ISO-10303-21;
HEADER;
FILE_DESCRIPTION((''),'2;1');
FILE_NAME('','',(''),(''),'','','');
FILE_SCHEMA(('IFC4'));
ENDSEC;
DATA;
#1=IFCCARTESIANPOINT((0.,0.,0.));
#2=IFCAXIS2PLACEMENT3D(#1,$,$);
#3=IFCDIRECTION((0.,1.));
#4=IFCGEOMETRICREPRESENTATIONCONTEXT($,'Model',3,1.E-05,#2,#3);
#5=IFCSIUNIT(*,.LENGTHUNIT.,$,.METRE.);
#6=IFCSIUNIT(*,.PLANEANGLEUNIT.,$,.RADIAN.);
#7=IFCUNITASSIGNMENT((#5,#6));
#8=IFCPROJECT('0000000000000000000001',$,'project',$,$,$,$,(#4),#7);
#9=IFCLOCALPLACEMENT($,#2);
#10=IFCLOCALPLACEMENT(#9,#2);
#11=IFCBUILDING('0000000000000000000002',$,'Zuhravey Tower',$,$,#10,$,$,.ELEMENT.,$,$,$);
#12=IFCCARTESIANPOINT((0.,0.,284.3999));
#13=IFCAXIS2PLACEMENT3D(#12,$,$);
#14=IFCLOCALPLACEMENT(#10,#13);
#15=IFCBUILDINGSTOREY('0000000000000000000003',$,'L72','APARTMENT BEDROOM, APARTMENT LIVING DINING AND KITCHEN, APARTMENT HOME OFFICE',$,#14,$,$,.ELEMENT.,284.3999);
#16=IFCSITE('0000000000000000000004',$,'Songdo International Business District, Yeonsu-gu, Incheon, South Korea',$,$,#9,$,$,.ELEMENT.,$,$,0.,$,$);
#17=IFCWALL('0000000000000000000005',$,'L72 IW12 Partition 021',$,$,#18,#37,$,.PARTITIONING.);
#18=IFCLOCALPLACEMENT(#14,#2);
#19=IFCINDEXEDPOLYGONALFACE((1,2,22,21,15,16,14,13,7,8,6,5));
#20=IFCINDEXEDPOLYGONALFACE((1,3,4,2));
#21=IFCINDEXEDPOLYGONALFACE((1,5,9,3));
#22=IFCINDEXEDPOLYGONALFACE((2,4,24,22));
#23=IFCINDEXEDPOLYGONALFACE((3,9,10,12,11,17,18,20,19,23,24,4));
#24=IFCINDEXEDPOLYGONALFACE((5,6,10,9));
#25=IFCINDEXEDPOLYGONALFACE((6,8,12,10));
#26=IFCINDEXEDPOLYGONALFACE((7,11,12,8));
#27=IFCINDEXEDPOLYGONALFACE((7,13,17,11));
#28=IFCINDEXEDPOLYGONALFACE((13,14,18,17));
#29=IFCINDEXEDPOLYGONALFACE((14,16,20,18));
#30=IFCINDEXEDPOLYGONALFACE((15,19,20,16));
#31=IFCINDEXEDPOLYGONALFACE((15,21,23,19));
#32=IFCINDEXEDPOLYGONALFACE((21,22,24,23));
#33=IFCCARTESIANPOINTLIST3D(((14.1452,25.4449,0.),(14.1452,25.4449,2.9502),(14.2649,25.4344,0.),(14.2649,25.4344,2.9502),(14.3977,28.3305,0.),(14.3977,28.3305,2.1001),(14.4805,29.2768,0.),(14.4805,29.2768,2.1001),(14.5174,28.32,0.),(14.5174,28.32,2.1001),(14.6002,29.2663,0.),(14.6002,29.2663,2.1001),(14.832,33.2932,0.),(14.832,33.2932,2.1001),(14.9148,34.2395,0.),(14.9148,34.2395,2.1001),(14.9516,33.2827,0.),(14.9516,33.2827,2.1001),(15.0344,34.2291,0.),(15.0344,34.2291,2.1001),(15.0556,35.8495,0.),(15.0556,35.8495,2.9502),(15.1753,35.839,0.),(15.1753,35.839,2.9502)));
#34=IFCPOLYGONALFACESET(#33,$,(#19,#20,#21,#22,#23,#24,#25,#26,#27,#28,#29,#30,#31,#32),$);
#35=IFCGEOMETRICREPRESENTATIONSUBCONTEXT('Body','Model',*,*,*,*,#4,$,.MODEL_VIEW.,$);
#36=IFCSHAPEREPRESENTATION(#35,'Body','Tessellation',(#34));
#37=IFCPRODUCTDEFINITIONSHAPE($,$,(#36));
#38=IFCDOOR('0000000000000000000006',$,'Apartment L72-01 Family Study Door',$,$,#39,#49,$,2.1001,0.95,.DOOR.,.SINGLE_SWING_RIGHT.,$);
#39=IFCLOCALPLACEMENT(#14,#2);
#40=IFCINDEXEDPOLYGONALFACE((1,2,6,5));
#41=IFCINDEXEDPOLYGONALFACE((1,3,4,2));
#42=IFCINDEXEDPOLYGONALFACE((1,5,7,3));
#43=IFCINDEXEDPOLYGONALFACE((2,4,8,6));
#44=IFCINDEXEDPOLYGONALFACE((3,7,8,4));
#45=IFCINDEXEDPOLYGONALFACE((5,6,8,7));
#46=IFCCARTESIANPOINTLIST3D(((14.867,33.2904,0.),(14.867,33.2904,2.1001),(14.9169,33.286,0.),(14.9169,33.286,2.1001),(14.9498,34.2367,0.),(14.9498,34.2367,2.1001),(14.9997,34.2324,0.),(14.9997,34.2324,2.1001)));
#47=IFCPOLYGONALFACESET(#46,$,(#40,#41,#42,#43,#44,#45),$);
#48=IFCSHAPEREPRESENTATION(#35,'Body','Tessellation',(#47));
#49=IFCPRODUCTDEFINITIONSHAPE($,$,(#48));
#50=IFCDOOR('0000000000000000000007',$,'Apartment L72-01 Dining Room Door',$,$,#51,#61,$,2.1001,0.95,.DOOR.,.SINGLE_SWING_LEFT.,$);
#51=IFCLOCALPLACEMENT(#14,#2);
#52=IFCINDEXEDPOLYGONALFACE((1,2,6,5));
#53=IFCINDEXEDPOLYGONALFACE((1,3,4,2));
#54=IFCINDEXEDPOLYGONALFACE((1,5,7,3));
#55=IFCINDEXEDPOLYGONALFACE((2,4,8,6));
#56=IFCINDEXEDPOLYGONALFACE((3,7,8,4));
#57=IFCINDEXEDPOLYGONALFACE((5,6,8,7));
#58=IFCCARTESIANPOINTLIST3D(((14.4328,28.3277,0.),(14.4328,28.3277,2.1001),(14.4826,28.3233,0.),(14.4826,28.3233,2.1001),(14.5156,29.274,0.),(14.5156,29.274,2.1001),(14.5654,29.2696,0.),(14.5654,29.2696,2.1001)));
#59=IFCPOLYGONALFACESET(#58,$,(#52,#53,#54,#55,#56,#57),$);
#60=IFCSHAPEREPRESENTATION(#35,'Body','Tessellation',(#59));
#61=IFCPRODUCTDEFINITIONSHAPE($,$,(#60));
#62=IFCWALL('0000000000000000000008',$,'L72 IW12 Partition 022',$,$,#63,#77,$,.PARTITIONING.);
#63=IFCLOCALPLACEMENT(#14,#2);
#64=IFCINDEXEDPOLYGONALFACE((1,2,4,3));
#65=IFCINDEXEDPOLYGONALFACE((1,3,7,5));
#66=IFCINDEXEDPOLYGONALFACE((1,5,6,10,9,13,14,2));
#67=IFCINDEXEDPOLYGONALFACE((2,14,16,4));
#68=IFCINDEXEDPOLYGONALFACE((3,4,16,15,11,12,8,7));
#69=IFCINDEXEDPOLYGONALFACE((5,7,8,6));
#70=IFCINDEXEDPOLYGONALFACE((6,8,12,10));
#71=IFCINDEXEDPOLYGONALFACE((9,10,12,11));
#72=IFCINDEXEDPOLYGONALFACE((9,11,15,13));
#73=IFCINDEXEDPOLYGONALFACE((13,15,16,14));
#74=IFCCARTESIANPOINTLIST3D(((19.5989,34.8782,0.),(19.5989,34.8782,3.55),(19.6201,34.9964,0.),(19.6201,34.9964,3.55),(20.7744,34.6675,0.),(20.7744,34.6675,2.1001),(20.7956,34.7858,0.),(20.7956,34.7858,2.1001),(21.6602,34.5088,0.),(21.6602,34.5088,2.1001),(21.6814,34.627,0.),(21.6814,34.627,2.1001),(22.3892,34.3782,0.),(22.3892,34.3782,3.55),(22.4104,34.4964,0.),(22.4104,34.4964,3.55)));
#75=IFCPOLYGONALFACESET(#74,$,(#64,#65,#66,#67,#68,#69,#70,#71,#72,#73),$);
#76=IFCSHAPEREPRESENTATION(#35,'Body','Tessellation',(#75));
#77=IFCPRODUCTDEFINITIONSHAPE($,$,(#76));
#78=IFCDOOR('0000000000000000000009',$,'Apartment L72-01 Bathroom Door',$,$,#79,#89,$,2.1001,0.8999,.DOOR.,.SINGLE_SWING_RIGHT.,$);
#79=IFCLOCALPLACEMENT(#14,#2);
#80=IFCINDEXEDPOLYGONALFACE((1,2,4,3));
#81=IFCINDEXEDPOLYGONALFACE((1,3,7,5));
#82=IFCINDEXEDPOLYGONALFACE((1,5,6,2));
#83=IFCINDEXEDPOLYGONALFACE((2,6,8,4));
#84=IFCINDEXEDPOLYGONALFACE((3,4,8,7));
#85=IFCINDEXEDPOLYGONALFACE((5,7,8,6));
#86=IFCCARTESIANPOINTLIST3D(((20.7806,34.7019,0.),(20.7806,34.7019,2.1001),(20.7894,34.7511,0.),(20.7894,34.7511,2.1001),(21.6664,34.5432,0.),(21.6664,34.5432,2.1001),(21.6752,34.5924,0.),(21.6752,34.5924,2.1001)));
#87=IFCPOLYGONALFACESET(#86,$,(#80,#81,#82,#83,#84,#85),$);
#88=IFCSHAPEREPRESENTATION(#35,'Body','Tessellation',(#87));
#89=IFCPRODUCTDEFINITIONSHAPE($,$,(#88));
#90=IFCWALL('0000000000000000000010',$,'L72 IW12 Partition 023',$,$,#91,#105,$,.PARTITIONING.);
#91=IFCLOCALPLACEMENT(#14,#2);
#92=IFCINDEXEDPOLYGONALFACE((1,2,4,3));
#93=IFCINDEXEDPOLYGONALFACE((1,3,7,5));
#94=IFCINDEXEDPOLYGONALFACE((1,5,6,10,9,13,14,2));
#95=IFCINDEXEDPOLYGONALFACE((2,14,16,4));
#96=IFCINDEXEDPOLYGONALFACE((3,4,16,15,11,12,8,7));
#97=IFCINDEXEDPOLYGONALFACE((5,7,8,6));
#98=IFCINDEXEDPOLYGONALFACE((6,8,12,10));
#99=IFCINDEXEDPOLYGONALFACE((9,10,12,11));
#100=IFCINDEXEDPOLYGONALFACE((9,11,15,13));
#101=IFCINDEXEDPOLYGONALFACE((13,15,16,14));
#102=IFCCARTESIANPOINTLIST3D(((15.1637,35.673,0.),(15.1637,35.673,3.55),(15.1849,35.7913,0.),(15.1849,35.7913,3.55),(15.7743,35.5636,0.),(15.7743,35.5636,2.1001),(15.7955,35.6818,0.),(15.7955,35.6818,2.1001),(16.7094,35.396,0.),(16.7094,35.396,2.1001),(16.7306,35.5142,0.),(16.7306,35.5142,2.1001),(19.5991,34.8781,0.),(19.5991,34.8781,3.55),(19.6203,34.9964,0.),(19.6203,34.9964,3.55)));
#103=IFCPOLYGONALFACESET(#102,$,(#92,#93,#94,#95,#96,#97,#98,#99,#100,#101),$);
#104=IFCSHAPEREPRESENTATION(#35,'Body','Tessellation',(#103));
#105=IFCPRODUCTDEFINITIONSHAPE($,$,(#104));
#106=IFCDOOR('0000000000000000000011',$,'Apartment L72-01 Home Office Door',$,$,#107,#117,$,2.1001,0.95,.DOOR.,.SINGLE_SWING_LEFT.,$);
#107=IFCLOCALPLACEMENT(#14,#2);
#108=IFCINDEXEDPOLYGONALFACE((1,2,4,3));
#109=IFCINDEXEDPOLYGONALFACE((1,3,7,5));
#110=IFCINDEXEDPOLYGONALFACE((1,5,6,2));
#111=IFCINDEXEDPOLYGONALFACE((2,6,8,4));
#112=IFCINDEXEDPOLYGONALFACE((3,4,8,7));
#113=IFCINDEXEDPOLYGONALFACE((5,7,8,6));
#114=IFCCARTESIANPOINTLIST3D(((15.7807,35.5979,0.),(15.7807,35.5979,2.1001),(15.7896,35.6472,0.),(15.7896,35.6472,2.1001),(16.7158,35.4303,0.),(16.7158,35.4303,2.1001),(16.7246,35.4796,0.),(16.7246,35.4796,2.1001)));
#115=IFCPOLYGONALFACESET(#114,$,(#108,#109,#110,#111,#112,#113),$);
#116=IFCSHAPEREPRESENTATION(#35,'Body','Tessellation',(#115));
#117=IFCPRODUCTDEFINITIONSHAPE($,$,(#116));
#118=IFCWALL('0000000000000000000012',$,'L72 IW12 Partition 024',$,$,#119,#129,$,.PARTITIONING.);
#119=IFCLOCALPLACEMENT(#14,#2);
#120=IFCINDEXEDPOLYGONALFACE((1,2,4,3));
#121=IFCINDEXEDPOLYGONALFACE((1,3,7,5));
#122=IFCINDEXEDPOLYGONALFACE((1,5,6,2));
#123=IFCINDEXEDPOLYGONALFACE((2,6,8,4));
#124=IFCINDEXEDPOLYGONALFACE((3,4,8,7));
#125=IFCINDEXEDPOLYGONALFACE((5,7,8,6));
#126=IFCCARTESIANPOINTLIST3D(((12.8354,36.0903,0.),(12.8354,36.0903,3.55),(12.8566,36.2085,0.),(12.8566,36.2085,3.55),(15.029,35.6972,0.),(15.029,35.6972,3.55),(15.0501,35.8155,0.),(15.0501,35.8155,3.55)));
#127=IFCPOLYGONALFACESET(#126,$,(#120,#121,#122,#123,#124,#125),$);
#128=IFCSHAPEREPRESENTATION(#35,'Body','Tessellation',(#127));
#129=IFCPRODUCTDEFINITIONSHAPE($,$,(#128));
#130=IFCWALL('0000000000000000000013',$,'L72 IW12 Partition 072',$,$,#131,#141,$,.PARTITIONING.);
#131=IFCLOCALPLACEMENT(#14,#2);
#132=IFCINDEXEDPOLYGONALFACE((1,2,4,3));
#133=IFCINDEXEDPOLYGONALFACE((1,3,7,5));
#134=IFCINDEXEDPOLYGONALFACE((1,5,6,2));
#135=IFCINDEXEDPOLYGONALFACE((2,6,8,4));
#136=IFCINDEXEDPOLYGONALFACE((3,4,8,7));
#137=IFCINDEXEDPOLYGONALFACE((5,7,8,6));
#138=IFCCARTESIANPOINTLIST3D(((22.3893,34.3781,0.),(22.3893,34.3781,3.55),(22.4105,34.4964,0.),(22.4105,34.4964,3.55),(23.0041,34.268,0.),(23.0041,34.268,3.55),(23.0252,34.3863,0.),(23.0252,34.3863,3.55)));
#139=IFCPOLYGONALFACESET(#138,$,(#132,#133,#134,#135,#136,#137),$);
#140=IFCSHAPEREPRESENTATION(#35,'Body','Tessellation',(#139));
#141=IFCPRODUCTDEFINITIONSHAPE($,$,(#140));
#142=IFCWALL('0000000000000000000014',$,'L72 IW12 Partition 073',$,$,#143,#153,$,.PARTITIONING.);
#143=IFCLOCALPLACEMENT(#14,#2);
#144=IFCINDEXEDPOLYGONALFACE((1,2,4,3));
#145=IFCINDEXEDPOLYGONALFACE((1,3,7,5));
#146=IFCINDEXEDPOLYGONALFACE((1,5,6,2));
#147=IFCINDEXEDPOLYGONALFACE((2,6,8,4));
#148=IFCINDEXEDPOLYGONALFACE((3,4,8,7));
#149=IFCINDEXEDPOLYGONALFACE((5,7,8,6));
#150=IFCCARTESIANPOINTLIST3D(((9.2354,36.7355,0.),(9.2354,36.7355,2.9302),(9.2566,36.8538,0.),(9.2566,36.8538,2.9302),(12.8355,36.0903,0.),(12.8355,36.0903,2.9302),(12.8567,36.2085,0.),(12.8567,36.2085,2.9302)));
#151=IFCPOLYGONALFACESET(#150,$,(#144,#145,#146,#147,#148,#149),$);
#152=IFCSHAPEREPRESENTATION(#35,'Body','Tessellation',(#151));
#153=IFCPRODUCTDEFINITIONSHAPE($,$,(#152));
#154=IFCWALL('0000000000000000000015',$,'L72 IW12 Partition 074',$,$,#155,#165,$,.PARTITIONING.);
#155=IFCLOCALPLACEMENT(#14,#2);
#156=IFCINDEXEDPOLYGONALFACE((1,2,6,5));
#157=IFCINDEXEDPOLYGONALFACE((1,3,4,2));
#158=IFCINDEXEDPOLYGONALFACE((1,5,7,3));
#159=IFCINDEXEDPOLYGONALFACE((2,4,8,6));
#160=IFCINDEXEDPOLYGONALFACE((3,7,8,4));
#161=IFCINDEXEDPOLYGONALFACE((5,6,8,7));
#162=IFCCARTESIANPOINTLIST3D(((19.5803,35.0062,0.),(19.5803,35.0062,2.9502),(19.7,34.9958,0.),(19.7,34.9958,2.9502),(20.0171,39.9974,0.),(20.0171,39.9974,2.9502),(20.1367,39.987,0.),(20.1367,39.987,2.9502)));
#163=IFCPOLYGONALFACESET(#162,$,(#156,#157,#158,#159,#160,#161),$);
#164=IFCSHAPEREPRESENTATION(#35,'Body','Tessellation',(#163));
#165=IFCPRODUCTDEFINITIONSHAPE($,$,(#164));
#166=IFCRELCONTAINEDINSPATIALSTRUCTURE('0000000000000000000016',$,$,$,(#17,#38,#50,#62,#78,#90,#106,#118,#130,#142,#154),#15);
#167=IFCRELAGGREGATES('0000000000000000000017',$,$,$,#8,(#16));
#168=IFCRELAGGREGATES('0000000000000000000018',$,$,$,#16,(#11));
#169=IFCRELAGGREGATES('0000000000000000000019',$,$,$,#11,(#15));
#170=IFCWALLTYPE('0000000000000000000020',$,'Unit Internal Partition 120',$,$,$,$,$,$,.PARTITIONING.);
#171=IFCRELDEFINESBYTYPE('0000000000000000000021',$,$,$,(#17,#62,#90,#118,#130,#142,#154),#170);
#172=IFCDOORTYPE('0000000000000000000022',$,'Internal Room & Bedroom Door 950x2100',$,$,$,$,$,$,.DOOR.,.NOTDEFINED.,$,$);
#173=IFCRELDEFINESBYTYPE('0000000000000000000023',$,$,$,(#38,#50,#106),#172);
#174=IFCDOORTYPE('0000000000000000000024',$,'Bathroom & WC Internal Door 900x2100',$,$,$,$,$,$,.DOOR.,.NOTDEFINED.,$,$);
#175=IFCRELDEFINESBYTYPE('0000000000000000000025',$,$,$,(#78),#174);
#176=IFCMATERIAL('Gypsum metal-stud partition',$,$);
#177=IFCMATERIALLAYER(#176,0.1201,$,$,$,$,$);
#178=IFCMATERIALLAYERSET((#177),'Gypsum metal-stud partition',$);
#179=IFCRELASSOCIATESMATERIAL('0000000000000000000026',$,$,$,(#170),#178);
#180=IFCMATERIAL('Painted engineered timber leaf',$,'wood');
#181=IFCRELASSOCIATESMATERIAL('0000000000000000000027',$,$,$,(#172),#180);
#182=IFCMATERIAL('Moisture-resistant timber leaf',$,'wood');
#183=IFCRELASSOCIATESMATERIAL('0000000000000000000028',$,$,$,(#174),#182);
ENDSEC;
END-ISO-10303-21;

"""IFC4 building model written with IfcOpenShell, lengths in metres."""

from ifc_helpers import new_model, si_unit, direction, frame, frame_2d, origin, place, context, subcontext, project, spatial, rectangle, extrude, material, layer, layer_set, type_object, element, fill, save


model = new_model("IFC4")

# Units and contexts
model_context = context("Model", 3, precision=1e-05, world=origin(), true_north=direction((0.0, 1.0)))
body_context = subcontext(model_context, "Body", "Model", "MODEL_VIEW")
ifc_project = project(units=[si_unit("LENGTHUNIT", "METRE"), si_unit("PLANEANGLEUNIT", "RADIAN")], contexts=[model_context])

# Site, building, storey
site_placement = place(None, origin())
site = spatial("IfcSite", under=ifc_project, at=site_placement, Name="Songdo International Business District, Yeonsu-gu, Incheon, South Korea", CompositionType="ELEMENT", RefElevation=0.0)
building_placement = place(site_placement, origin())
building = spatial("IfcBuilding", under=site, at=building_placement, Name="Zuhravey Tower", CompositionType="ELEMENT")
storey_placement = place(building_placement, frame((0.0, 0.0, 284.3999)))
storey = spatial("IfcBuildingStorey", under=building, at=storey_placement, Name="L72", Description="APARTMENT BEDROOM, APARTMENT LIVING DINING AND KITCHEN, APARTMENT HOME OFFICE", CompositionType="ELEMENT", Elevation=284.3999)

# Wall, openings, doors
ifc_material_1 = material(Name="Gypsum metal-stud partition")
ifc_layer_1 = layer(ifc_material_1, 0.1201)
ifc_layer_set_1 = layer_set([ifc_layer_1], Name="Gypsum metal-stud partition")
wall_type_1 = type_object("IfcWallType", Name="Unit Internal Partition 120", PredefinedType="PARTITIONING", material=ifc_layer_set_1)
wall_1_placement = place(storey_placement, frame((15.1155, 35.8442, 0.0), z_axis=(0.0, 0.0, 1.0), x_axis=(-0.087167, -0.996194, 0.0)))
wall_1 = element("IfcWall", 1, at=wall_1_placement, inside=storey, type_object=wall_type_1, Name="L72 IW12 Partition 021", PredefinedType="PARTITIONING", context=body_context, shape_type="SweptSolid", body=[
    extrude(rectangle(XDim=10.4443, YDim=0.1201, at=frame_2d((5.2222, 0.0))), origin(), (0.0, 0.0, 1.0), 2.9502),
])
opening_1_placement = place(wall_1_placement, frame((1.616, 0.0, 0.0)))
opening_1 = element("IfcOpeningElement", 2, at=opening_1_placement, cuts=wall_1, PredefinedType="OPENING", context=body_context, shape_type="SweptSolid", body=[
    extrude(rectangle(XDim=0.95, YDim=2.1001, at=frame_2d((0.4751, 1.05))), frame((0.0, 0.072, 0.0), z_axis=(0.0, -1.0, 0.0), x_axis=(1.0, 0.0, 0.0)), (0.0, 0.0, 1.0), 0.144),
])
opening_2_placement = place(wall_1_placement, frame((6.5977, 0.0, 0.0)))
opening_2 = element("IfcOpeningElement", 3, at=opening_2_placement, cuts=wall_1, PredefinedType="OPENING", context=body_context, shape_type="SweptSolid", body=[
    extrude(rectangle(XDim=0.95, YDim=2.1001, at=frame_2d((0.4751, 1.05))), frame((0.0, 0.072, 0.0), z_axis=(0.0, -1.0, 0.0), x_axis=(1.0, 0.0, 0.0)), (0.0, 0.0, 1.0), 0.144),
])
ifc_material_2 = material(Name="Painted engineered timber leaf", Category="wood")
door_type_1 = type_object("IfcDoorType", Name="Internal Room & Bedroom Door 950x2100", OperationType="NOTDEFINED", PredefinedType="DOOR", material=ifc_material_2)
door_1_placement = place(opening_1_placement, frame((0.95, 0.0, 0.0), z_axis=(0.0, 0.0, 1.0), x_axis=(-1.0, 0.0, 0.0)))
door_1 = element("IfcDoor", 4, at=door_1_placement, inside=storey, type_object=door_type_1, Name="Apartment L72-01 Family Study Door", OperationType="SINGLE_SWING_RIGHT", OverallHeight=2.1001, OverallWidth=0.95, PredefinedType="DOOR", context=body_context, shape_type="SweptSolid", body=[
    extrude(rectangle(XDim=0.95, YDim=2.1001, at=frame_2d((0.4751, 1.05))), frame((0.0, 0.0249, 0.0), z_axis=(0.0, -1.0, 0.0), x_axis=(1.0, 0.0, 0.0)), (0.0, 0.0, 1.0), 0.05),
])
fill(opening_1, door_1)
door_2_placement = place(opening_2_placement, frame((0.95, 0.0, 0.0), z_axis=(0.0, 0.0, 1.0), x_axis=(-1.0, 0.0, 0.0)))
door_2 = element("IfcDoor", 5, at=door_2_placement, inside=storey, type_object=door_type_1, Name="Apartment L72-01 Dining Room Door", OperationType="SINGLE_SWING_LEFT", OverallHeight=2.1001, OverallWidth=0.95, PredefinedType="DOOR", context=body_context, shape_type="SweptSolid", body=[
    extrude(rectangle(XDim=0.95, YDim=2.1001, at=frame_2d((0.4751, 1.05))), frame((0.0, 0.0249, 0.0), z_axis=(0.0, -1.0, 0.0), x_axis=(1.0, 0.0, 0.0)), (0.0, 0.0, 1.0), 0.05),
])
fill(opening_2, door_2)

# Walls, openings, doors
wall_2_placement = place(storey_placement, frame((22.3999, 34.4373, 0.0), z_axis=(0.0, 0.0, 1.0), x_axis=(-0.984321, 0.176384, 0.0)))
wall_2 = element("IfcWall", 6, at=wall_2_placement, inside=storey, type_object=wall_type_1, Name="L72 IW12 Partition 022", PredefinedType="PARTITIONING", context=body_context, shape_type="SweptSolid", body=[
    extrude(rectangle(XDim=2.8347, YDim=0.1201, at=frame_2d((1.4175, 0.0))), origin(), (0.0, 0.0, 1.0), 3.55),
])
opening_3_placement = place(wall_2_placement, frame((0.7407, 0.0, 0.0)))
opening_3 = element("IfcOpeningElement", 7, at=opening_3_placement, cuts=wall_2, PredefinedType="OPENING", context=body_context, shape_type="SweptSolid", body=[
    extrude(rectangle(XDim=0.8999, YDim=2.1001, at=frame_2d((0.45, 1.05))), frame((0.0, 0.072, 0.0), z_axis=(0.0, -1.0, 0.0), x_axis=(1.0, 0.0, 0.0)), (0.0, 0.0, 1.0), 0.144),
])
ifc_material_3 = material(Name="Moisture-resistant timber leaf", Category="wood")
door_type_2 = type_object("IfcDoorType", Name="Bathroom & WC Internal Door 900x2100", OperationType="NOTDEFINED", PredefinedType="DOOR", material=ifc_material_3)
door_3_placement = place(opening_3_placement, frame((0.8999, 0.0, 0.0), z_axis=(0.0, 0.0, 1.0), x_axis=(-1.0, 0.0, 0.0)))
door_3 = element("IfcDoor", 8, at=door_3_placement, inside=storey, type_object=door_type_2, Name="Apartment L72-01 Bathroom Door", OperationType="SINGLE_SWING_RIGHT", OverallHeight=2.1001, OverallWidth=0.8999, PredefinedType="DOOR", context=body_context, shape_type="SweptSolid", body=[
    extrude(rectangle(XDim=0.8999, YDim=2.1001, at=frame_2d((0.45, 1.05))), frame((0.0, 0.0249, 0.0), z_axis=(0.0, -1.0, 0.0), x_axis=(1.0, 0.0, 0.0)), (0.0, 0.0, 1.0), 0.05),
])
fill(opening_3, door_3)
wall_3_placement = place(storey_placement, frame((19.6096, 34.9373, 0.0), z_axis=(0.0, 0.0, 1.0), x_axis=(-0.984318, 0.176406, 0.0)))
wall_3 = element("IfcWall", 9, at=wall_3_placement, inside=storey, type_object=wall_type_1, Name="L72 IW12 Partition 023", PredefinedType="PARTITIONING", context=body_context, shape_type="SweptSolid", body=[
    extrude(rectangle(XDim=4.5061, YDim=0.1201, at=frame_2d((2.2529, 0.0))), origin(), (0.0, 0.0, 1.0), 3.55),
])
opening_4_placement = place(wall_3_placement, frame((2.9355, 0.0, 0.0)))
opening_4 = element("IfcOpeningElement", 10, at=opening_4_placement, cuts=wall_3, PredefinedType="OPENING", context=body_context, shape_type="SweptSolid", body=[
    extrude(rectangle(XDim=0.95, YDim=2.1001, at=frame_2d((0.4751, 1.05))), frame((0.0, 0.072, 0.0), z_axis=(0.0, -1.0, 0.0), x_axis=(1.0, 0.0, 0.0)), (0.0, 0.0, 1.0), 0.144),
])
door_4_placement = place(opening_4_placement, frame((0.95, 0.0, 0.0), z_axis=(0.0, 0.0, 1.0), x_axis=(-1.0, 0.0, 0.0)))
door_4 = element("IfcDoor", 11, at=door_4_placement, inside=storey, type_object=door_type_1, Name="Apartment L72-01 Home Office Door", OperationType="SINGLE_SWING_LEFT", OverallHeight=2.1001, OverallWidth=0.95, PredefinedType="DOOR", context=body_context, shape_type="SweptSolid", body=[
    extrude(rectangle(XDim=0.95, YDim=2.1001, at=frame_2d((0.4751, 1.05))), frame((0.0, 0.0249, 0.0), z_axis=(0.0, -1.0, 0.0), x_axis=(1.0, 0.0, 0.0)), (0.0, 0.0, 1.0), 0.05),
])
fill(opening_4, door_4)

# Walls
wall_4_placement = place(storey_placement, frame((15.0396, 35.7563, 0.0), z_axis=(0.0, 0.0, 1.0), x_axis=(-0.984322, 0.176378, 0.0)))
element("IfcWall", 12, at=wall_4_placement, inside=storey, type_object=wall_type_1, Name="L72 IW12 Partition 024", PredefinedType="PARTITIONING", context=body_context, shape_type="SweptSolid", body=[
    extrude(rectangle(XDim=2.2285, YDim=0.1201, at=frame_2d((1.1143, 0.0))), origin(), (0.0, 0.0, 1.0), 3.55),
])
wall_5_placement = place(storey_placement, frame((23.0146, 34.3271, 0.0), z_axis=(0.0, 0.0, 1.0), x_axis=(-0.984336, 0.176305, 0.0)))
element("IfcWall", 13, at=wall_5_placement, inside=storey, type_object=wall_type_1, Name="L72 IW12 Partition 072", PredefinedType="PARTITIONING", context=body_context, shape_type="SweptSolid", body=[
    extrude(rectangle(XDim=0.6245, YDim=0.1201, at=frame_2d((0.3123, 0.0))), origin(), (0.0, 0.0, 1.0), 3.55),
])
wall_6_placement = place(storey_placement, frame((12.8459, 36.1494, 0.0), z_axis=(0.0, 0.0, 1.0), x_axis=(-0.984314, 0.176424, 0.0)))
element("IfcWall", 14, at=wall_6_placement, inside=storey, type_object=wall_type_1, Name="L72 IW12 Partition 073", PredefinedType="PARTITIONING", context=body_context, shape_type="SweptSolid", body=[
    extrude(rectangle(XDim=3.6575, YDim=0.1201, at=frame_2d((1.8286, 0.0))), origin(), (0.0, 0.0, 1.0), 2.9302),
])
wall_7_placement = place(storey_placement, frame((20.0769, 39.9922, 0.0), z_axis=(0.0, 0.0, 1.0), x_axis=(-0.087174, -0.996193, 0.0)))
element("IfcWall", 15, at=wall_7_placement, inside=storey, type_object=wall_type_1, Name="L72 IW12 Partition 074", PredefinedType="PARTITIONING", context=body_context, shape_type="SweptSolid", body=[
    extrude(rectangle(XDim=5.0103, YDim=0.1201, at=frame_2d((2.5051, 0.0))), origin(), (0.0, 0.0, 1.0), 2.9502),
])

save(model, "model.ifc")
